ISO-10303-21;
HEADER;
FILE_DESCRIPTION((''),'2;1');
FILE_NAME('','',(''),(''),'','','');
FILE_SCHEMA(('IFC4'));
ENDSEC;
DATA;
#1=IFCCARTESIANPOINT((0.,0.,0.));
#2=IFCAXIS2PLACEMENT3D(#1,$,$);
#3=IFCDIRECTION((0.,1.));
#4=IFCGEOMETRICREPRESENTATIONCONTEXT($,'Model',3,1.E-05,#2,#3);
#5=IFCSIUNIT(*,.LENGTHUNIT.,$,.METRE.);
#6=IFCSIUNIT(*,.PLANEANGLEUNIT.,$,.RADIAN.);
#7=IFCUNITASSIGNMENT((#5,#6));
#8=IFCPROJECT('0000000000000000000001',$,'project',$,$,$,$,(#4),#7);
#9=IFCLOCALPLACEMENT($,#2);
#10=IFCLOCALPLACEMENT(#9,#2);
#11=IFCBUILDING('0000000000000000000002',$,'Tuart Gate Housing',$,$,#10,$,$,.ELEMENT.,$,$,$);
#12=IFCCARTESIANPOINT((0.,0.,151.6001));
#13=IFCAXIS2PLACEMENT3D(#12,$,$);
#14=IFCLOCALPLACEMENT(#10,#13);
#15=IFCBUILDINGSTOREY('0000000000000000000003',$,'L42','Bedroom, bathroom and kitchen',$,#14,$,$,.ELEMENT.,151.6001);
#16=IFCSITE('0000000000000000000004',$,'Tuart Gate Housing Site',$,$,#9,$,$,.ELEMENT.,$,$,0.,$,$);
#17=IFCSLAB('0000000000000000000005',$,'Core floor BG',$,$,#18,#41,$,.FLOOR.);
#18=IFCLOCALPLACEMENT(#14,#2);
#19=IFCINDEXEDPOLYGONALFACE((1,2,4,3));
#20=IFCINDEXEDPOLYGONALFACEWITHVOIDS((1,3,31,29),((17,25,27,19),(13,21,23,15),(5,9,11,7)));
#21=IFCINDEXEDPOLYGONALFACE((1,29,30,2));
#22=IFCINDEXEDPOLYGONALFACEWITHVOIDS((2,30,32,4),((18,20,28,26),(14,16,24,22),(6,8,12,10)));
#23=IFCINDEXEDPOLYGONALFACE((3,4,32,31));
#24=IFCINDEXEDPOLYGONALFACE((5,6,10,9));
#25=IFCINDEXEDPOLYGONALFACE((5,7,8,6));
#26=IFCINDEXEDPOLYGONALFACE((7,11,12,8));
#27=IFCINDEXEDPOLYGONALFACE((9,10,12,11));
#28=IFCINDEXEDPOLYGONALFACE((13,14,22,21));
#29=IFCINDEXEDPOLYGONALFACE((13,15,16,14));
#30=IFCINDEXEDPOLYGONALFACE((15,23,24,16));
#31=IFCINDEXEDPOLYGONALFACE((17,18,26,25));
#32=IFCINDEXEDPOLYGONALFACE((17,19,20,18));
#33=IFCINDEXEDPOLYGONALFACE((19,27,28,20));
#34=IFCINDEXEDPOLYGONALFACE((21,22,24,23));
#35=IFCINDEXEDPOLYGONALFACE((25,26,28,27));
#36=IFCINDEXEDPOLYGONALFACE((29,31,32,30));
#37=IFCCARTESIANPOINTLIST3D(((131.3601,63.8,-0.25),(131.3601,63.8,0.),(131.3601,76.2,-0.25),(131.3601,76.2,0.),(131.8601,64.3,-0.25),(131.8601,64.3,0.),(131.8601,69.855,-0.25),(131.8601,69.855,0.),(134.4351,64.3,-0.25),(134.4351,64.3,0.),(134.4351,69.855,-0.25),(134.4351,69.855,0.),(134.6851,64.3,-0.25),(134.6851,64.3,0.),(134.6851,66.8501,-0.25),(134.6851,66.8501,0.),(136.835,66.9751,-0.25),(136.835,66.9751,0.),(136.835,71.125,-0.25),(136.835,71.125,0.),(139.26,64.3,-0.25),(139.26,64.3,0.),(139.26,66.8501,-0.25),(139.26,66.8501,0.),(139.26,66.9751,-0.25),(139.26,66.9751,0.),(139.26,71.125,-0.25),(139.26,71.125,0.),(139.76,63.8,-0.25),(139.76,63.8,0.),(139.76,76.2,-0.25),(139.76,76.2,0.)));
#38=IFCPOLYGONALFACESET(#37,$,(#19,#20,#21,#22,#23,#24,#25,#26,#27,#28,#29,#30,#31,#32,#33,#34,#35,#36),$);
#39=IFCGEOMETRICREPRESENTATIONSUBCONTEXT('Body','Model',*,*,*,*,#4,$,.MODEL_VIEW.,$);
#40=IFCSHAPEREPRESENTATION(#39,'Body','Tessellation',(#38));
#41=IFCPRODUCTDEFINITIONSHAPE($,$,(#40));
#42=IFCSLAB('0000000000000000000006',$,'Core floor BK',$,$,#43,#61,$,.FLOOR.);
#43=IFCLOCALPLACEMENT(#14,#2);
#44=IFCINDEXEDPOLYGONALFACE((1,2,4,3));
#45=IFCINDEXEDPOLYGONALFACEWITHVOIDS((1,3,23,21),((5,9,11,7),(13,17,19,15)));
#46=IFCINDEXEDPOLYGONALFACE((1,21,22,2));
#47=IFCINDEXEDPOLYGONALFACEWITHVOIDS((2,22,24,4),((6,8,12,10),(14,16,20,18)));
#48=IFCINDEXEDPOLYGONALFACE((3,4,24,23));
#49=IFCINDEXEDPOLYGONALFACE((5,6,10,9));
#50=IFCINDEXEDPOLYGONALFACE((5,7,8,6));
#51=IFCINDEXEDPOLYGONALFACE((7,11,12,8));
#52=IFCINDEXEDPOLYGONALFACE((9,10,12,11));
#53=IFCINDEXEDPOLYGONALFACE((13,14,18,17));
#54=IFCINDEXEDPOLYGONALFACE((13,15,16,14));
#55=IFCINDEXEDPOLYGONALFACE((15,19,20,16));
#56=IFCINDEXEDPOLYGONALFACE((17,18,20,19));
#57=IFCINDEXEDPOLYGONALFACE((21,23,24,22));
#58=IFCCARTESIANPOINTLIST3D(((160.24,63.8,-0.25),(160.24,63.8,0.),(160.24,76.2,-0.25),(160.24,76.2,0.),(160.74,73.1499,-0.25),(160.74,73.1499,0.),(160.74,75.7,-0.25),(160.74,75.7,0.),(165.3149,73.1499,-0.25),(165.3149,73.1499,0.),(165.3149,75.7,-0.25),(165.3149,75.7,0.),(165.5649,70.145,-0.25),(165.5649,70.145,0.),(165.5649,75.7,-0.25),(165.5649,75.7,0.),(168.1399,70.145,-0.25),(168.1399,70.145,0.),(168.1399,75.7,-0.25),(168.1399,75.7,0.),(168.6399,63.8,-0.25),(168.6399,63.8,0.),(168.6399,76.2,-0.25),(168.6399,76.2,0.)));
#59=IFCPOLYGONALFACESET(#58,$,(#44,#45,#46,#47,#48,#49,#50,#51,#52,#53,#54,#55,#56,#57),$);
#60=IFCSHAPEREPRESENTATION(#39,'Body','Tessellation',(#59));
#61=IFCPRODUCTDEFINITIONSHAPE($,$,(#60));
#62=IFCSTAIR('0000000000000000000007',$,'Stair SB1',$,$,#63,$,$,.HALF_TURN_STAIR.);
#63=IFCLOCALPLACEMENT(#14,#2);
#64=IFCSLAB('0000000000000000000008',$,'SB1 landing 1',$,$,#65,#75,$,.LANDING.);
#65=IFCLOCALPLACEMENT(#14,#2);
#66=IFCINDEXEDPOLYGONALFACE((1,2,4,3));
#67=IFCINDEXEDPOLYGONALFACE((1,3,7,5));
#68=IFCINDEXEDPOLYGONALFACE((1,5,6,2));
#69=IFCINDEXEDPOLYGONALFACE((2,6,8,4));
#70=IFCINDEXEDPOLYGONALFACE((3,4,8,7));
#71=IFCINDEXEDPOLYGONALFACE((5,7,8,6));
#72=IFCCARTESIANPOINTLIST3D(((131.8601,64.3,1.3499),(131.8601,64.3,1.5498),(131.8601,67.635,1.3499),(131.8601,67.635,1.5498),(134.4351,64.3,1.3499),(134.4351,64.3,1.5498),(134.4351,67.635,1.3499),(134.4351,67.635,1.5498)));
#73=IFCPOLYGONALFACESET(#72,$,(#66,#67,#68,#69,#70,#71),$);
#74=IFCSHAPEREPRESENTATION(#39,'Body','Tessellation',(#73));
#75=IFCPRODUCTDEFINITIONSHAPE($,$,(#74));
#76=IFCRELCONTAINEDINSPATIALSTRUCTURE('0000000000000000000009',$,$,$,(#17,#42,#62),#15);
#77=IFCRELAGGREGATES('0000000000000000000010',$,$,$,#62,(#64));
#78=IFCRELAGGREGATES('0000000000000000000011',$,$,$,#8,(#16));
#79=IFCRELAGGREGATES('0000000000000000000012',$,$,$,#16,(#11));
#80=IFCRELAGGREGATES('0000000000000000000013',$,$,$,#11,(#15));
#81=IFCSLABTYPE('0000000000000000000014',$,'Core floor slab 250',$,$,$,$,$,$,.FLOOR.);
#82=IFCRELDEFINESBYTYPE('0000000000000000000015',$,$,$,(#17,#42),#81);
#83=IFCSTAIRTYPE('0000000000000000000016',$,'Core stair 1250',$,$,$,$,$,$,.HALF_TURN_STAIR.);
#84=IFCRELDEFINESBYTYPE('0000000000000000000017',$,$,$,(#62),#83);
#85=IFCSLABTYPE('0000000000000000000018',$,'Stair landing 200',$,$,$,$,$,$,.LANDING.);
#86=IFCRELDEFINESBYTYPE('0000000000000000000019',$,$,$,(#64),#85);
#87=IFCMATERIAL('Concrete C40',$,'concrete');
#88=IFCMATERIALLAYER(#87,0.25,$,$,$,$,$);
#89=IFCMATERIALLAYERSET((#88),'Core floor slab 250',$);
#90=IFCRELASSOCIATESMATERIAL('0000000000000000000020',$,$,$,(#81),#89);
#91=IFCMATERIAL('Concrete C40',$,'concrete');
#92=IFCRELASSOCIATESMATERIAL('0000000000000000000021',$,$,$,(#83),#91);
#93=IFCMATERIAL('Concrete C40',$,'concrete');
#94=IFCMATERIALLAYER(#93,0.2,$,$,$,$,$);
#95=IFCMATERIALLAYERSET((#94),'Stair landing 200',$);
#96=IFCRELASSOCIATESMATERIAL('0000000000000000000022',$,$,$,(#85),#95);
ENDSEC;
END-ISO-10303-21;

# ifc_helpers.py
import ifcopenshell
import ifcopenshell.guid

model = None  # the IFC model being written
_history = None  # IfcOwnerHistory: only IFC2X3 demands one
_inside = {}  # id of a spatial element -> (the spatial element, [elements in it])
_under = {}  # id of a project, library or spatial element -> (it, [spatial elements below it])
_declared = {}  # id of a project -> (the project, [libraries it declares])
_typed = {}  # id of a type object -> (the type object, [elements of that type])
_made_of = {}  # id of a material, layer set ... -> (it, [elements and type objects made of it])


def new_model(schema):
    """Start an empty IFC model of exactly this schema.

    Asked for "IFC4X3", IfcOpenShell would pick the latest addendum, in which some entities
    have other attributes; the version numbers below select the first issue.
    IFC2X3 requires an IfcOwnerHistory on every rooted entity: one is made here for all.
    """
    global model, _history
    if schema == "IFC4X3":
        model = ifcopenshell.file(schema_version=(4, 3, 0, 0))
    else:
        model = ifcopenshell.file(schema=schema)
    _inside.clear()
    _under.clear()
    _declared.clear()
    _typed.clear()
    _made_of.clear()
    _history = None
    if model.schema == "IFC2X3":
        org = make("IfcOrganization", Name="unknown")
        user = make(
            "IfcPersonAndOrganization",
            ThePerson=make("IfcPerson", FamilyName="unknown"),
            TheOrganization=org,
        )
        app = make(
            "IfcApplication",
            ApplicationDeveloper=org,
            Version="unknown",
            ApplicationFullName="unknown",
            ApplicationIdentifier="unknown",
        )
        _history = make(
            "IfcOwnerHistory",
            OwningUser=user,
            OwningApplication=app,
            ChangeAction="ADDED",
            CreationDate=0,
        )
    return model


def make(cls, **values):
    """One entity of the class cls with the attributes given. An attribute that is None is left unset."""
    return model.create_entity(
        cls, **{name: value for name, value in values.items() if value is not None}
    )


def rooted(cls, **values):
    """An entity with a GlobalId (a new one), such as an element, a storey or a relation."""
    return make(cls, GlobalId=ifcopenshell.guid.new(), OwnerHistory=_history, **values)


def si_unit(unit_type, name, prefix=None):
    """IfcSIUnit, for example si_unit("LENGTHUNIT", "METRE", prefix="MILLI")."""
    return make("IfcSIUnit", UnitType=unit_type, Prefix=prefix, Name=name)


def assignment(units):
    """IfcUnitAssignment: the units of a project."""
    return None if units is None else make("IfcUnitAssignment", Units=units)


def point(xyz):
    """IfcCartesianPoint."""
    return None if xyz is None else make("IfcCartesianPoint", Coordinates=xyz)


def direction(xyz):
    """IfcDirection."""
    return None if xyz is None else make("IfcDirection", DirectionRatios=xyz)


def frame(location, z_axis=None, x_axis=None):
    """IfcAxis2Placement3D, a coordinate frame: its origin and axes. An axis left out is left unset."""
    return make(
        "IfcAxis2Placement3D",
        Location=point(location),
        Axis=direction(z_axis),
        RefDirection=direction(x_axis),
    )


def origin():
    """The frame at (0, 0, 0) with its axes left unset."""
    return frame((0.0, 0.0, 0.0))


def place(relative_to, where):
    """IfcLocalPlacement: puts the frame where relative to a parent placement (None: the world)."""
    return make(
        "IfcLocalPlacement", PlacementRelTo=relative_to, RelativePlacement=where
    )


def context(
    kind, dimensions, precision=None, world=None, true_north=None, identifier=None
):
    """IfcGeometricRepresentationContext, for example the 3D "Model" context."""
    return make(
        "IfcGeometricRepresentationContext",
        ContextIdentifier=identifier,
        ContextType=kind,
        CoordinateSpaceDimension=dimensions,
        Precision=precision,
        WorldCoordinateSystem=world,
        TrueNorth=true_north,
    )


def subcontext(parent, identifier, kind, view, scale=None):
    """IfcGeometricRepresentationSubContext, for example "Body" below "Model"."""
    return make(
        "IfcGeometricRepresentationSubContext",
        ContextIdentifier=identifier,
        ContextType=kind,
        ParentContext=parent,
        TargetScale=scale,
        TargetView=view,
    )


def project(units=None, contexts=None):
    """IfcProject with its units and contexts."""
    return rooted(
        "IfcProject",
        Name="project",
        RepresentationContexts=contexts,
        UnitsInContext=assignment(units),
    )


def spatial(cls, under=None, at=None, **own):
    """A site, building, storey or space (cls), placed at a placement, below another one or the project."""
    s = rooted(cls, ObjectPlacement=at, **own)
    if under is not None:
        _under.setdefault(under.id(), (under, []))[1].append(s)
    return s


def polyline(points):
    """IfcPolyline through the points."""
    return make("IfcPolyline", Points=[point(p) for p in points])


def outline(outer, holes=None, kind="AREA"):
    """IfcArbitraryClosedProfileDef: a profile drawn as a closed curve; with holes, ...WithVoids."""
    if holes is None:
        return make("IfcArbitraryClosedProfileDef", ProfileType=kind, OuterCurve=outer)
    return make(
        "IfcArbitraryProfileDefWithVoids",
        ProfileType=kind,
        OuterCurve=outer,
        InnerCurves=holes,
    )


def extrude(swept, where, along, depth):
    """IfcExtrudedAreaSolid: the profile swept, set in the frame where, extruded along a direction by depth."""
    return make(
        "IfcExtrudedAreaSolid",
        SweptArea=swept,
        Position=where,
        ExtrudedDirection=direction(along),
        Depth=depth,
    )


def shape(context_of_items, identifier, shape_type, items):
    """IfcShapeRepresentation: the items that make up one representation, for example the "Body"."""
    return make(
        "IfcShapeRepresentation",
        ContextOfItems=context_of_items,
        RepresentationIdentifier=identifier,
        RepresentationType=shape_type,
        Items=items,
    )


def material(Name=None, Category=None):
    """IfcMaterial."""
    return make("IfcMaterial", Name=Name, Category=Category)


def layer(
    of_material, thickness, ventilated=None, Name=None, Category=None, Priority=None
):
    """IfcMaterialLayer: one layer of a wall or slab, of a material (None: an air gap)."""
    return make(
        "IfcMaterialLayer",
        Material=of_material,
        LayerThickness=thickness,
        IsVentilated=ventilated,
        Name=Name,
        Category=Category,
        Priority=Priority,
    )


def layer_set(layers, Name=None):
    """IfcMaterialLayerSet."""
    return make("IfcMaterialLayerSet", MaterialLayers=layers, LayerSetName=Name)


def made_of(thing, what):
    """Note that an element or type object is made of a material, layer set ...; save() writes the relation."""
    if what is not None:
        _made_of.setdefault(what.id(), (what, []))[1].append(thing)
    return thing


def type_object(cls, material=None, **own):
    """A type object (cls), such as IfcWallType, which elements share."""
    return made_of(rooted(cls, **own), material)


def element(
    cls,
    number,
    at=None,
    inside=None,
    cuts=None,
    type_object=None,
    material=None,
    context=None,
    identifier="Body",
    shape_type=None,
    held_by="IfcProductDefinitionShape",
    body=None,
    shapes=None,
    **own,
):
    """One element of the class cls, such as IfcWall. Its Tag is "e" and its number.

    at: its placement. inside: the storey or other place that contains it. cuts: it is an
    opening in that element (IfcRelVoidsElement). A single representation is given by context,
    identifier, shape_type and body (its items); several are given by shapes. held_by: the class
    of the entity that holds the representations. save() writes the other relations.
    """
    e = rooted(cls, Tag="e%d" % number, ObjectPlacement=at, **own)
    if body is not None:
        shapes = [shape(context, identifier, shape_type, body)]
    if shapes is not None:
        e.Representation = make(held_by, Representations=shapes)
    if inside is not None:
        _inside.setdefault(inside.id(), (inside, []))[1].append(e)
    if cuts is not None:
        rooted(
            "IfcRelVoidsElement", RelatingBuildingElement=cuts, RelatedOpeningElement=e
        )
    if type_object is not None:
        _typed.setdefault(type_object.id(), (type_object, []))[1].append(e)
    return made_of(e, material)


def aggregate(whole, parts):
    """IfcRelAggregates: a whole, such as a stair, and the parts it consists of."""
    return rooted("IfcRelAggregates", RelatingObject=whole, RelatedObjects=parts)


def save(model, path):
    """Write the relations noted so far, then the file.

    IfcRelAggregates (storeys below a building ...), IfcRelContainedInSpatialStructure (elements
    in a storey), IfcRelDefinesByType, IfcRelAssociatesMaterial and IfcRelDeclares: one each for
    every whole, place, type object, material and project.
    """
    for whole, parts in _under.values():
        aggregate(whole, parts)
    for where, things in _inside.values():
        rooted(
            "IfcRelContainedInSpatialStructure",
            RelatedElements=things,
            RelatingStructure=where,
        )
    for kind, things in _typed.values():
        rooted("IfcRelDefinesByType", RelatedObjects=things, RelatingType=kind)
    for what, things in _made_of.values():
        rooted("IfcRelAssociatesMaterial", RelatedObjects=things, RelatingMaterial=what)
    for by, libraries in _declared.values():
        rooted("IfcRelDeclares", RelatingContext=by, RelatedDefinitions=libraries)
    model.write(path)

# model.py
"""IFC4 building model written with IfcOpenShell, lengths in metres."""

from ifc_helpers import new_model, si_unit, direction, frame, origin, place, context, subcontext, project, spatial, polyline, outline, extrude, material, layer, layer_set, type_object, element, aggregate, save


model = new_model("IFC4")

# Units and contexts
model_context = context("Model", 3, precision=1e-05, world=origin(), true_north=direction((0.0, 1.0)))
body_context = subcontext(model_context, "Body", "Model", "MODEL_VIEW")
ifc_project = project(units=[si_unit("LENGTHUNIT", "METRE"), si_unit("PLANEANGLEUNIT", "RADIAN")], contexts=[model_context])

# Site, building, storey
site_placement = place(None, origin())
site = spatial("IfcSite", under=ifc_project, at=site_placement, Name="Tuart Gate Housing Site", CompositionType="ELEMENT", RefElevation=0.0)
building_placement = place(site_placement, origin())
building = spatial("IfcBuilding", under=site, at=building_placement, Name="Tuart Gate Housing", CompositionType="ELEMENT")
storey_placement = place(building_placement, frame((0.0, 0.0, 151.6001)))
storey = spatial("IfcBuildingStorey", under=building, at=storey_placement, Name="L42", Description="Bedroom, bathroom and kitchen", CompositionType="ELEMENT", Elevation=151.6001)

# Slabs
ifc_material_1 = material(Name="Concrete C40", Category="concrete")
ifc_layer_1 = layer(ifc_material_1, 0.25)
ifc_layer_set_1 = layer_set([ifc_layer_1], Name="Core floor slab 250")
slab_type_1 = type_object("IfcSlabType", Name="Core floor slab 250", PredefinedType="FLOOR", material=ifc_layer_set_1)
slab_1_placement = place(storey_placement, frame((0.0, 0.0, -0.25)))
element("IfcSlab", 1, at=slab_1_placement, inside=storey, type_object=slab_type_1, Name="Core floor BG", PredefinedType="FLOOR", context=body_context, shape_type="SweptSolid", body=[
    extrude(outline(polyline([(131.3601, 63.8), (139.76, 63.8), (139.76, 76.2), (131.3601, 76.2), (131.3601, 63.8)]), holes=[polyline([(139.26, 66.8501), (134.6851, 66.8501), (134.6851, 64.3), (139.26, 64.3), (139.26, 66.8501)]), polyline([(139.26, 71.125), (136.835, 71.125), (136.835, 66.9751), (139.26, 66.9751), (139.26, 71.125)]), polyline([(134.4351, 69.855), (131.8601, 69.855), (131.8601, 64.3), (134.4351, 64.3), (134.4351, 69.855)])]), origin(), (0.0, 0.0, 1.0), 0.25),
])
slab_2_placement = place(storey_placement, frame((0.0, 0.0, -0.25)))
element("IfcSlab", 2, at=slab_2_placement, inside=storey, type_object=slab_type_1, Name="Core floor BK", PredefinedType="FLOOR", context=body_context, shape_type="SweptSolid", body=[
    extrude(outline(polyline([(160.24, 63.8), (168.6399, 63.8), (168.6399, 76.2), (160.24, 76.2), (160.24, 63.8)]), holes=[polyline([(160.74, 73.1499), (165.3149, 73.1499), (165.3149, 75.7), (160.74, 75.7), (160.74, 73.1499)]), polyline([(165.5649, 70.145), (168.1399, 70.145), (168.1399, 75.7), (165.5649, 75.7), (165.5649, 70.145)])]), origin(), (0.0, 0.0, 1.0), 0.25),
])

# Stair, slab
ifc_material_2 = material(Name="Concrete C40", Category="concrete")
stair_type = type_object("IfcStairType", Name="Core stair 1250", PredefinedType="HALF_TURN_STAIR", material=ifc_material_2)
stair_placement = place(storey_placement, origin())
stair = element("IfcStair", 3, at=stair_placement, inside=storey, type_object=stair_type, Name="Stair SB1", PredefinedType="HALF_TURN_STAIR")
ifc_material_3 = material(Name="Concrete C40", Category="concrete")
ifc_layer_2 = layer(ifc_material_3, 0.2)
ifc_layer_set_2 = layer_set([ifc_layer_2], Name="Stair landing 200")
slab_type_2 = type_object("IfcSlabType", Name="Stair landing 200", PredefinedType="LANDING", material=ifc_layer_set_2)
slab_3_placement = place(storey_placement, frame((0.0, 0.0, 1.3499)))
slab_3 = element("IfcSlab", 4, at=slab_3_placement, type_object=slab_type_2, Name="SB1 landing 1", PredefinedType="LANDING", context=body_context, shape_type="SweptSolid", body=[
    extrude(outline(polyline([(134.4351, 67.635), (131.8601, 67.635), (131.8601, 64.3), (134.4351, 64.3), (134.4351, 67.635)])), origin(), (0.0, 0.0, 1.0), 0.2),
])
aggregate(stair, [slab_3])

save(model, "model.ifc")
